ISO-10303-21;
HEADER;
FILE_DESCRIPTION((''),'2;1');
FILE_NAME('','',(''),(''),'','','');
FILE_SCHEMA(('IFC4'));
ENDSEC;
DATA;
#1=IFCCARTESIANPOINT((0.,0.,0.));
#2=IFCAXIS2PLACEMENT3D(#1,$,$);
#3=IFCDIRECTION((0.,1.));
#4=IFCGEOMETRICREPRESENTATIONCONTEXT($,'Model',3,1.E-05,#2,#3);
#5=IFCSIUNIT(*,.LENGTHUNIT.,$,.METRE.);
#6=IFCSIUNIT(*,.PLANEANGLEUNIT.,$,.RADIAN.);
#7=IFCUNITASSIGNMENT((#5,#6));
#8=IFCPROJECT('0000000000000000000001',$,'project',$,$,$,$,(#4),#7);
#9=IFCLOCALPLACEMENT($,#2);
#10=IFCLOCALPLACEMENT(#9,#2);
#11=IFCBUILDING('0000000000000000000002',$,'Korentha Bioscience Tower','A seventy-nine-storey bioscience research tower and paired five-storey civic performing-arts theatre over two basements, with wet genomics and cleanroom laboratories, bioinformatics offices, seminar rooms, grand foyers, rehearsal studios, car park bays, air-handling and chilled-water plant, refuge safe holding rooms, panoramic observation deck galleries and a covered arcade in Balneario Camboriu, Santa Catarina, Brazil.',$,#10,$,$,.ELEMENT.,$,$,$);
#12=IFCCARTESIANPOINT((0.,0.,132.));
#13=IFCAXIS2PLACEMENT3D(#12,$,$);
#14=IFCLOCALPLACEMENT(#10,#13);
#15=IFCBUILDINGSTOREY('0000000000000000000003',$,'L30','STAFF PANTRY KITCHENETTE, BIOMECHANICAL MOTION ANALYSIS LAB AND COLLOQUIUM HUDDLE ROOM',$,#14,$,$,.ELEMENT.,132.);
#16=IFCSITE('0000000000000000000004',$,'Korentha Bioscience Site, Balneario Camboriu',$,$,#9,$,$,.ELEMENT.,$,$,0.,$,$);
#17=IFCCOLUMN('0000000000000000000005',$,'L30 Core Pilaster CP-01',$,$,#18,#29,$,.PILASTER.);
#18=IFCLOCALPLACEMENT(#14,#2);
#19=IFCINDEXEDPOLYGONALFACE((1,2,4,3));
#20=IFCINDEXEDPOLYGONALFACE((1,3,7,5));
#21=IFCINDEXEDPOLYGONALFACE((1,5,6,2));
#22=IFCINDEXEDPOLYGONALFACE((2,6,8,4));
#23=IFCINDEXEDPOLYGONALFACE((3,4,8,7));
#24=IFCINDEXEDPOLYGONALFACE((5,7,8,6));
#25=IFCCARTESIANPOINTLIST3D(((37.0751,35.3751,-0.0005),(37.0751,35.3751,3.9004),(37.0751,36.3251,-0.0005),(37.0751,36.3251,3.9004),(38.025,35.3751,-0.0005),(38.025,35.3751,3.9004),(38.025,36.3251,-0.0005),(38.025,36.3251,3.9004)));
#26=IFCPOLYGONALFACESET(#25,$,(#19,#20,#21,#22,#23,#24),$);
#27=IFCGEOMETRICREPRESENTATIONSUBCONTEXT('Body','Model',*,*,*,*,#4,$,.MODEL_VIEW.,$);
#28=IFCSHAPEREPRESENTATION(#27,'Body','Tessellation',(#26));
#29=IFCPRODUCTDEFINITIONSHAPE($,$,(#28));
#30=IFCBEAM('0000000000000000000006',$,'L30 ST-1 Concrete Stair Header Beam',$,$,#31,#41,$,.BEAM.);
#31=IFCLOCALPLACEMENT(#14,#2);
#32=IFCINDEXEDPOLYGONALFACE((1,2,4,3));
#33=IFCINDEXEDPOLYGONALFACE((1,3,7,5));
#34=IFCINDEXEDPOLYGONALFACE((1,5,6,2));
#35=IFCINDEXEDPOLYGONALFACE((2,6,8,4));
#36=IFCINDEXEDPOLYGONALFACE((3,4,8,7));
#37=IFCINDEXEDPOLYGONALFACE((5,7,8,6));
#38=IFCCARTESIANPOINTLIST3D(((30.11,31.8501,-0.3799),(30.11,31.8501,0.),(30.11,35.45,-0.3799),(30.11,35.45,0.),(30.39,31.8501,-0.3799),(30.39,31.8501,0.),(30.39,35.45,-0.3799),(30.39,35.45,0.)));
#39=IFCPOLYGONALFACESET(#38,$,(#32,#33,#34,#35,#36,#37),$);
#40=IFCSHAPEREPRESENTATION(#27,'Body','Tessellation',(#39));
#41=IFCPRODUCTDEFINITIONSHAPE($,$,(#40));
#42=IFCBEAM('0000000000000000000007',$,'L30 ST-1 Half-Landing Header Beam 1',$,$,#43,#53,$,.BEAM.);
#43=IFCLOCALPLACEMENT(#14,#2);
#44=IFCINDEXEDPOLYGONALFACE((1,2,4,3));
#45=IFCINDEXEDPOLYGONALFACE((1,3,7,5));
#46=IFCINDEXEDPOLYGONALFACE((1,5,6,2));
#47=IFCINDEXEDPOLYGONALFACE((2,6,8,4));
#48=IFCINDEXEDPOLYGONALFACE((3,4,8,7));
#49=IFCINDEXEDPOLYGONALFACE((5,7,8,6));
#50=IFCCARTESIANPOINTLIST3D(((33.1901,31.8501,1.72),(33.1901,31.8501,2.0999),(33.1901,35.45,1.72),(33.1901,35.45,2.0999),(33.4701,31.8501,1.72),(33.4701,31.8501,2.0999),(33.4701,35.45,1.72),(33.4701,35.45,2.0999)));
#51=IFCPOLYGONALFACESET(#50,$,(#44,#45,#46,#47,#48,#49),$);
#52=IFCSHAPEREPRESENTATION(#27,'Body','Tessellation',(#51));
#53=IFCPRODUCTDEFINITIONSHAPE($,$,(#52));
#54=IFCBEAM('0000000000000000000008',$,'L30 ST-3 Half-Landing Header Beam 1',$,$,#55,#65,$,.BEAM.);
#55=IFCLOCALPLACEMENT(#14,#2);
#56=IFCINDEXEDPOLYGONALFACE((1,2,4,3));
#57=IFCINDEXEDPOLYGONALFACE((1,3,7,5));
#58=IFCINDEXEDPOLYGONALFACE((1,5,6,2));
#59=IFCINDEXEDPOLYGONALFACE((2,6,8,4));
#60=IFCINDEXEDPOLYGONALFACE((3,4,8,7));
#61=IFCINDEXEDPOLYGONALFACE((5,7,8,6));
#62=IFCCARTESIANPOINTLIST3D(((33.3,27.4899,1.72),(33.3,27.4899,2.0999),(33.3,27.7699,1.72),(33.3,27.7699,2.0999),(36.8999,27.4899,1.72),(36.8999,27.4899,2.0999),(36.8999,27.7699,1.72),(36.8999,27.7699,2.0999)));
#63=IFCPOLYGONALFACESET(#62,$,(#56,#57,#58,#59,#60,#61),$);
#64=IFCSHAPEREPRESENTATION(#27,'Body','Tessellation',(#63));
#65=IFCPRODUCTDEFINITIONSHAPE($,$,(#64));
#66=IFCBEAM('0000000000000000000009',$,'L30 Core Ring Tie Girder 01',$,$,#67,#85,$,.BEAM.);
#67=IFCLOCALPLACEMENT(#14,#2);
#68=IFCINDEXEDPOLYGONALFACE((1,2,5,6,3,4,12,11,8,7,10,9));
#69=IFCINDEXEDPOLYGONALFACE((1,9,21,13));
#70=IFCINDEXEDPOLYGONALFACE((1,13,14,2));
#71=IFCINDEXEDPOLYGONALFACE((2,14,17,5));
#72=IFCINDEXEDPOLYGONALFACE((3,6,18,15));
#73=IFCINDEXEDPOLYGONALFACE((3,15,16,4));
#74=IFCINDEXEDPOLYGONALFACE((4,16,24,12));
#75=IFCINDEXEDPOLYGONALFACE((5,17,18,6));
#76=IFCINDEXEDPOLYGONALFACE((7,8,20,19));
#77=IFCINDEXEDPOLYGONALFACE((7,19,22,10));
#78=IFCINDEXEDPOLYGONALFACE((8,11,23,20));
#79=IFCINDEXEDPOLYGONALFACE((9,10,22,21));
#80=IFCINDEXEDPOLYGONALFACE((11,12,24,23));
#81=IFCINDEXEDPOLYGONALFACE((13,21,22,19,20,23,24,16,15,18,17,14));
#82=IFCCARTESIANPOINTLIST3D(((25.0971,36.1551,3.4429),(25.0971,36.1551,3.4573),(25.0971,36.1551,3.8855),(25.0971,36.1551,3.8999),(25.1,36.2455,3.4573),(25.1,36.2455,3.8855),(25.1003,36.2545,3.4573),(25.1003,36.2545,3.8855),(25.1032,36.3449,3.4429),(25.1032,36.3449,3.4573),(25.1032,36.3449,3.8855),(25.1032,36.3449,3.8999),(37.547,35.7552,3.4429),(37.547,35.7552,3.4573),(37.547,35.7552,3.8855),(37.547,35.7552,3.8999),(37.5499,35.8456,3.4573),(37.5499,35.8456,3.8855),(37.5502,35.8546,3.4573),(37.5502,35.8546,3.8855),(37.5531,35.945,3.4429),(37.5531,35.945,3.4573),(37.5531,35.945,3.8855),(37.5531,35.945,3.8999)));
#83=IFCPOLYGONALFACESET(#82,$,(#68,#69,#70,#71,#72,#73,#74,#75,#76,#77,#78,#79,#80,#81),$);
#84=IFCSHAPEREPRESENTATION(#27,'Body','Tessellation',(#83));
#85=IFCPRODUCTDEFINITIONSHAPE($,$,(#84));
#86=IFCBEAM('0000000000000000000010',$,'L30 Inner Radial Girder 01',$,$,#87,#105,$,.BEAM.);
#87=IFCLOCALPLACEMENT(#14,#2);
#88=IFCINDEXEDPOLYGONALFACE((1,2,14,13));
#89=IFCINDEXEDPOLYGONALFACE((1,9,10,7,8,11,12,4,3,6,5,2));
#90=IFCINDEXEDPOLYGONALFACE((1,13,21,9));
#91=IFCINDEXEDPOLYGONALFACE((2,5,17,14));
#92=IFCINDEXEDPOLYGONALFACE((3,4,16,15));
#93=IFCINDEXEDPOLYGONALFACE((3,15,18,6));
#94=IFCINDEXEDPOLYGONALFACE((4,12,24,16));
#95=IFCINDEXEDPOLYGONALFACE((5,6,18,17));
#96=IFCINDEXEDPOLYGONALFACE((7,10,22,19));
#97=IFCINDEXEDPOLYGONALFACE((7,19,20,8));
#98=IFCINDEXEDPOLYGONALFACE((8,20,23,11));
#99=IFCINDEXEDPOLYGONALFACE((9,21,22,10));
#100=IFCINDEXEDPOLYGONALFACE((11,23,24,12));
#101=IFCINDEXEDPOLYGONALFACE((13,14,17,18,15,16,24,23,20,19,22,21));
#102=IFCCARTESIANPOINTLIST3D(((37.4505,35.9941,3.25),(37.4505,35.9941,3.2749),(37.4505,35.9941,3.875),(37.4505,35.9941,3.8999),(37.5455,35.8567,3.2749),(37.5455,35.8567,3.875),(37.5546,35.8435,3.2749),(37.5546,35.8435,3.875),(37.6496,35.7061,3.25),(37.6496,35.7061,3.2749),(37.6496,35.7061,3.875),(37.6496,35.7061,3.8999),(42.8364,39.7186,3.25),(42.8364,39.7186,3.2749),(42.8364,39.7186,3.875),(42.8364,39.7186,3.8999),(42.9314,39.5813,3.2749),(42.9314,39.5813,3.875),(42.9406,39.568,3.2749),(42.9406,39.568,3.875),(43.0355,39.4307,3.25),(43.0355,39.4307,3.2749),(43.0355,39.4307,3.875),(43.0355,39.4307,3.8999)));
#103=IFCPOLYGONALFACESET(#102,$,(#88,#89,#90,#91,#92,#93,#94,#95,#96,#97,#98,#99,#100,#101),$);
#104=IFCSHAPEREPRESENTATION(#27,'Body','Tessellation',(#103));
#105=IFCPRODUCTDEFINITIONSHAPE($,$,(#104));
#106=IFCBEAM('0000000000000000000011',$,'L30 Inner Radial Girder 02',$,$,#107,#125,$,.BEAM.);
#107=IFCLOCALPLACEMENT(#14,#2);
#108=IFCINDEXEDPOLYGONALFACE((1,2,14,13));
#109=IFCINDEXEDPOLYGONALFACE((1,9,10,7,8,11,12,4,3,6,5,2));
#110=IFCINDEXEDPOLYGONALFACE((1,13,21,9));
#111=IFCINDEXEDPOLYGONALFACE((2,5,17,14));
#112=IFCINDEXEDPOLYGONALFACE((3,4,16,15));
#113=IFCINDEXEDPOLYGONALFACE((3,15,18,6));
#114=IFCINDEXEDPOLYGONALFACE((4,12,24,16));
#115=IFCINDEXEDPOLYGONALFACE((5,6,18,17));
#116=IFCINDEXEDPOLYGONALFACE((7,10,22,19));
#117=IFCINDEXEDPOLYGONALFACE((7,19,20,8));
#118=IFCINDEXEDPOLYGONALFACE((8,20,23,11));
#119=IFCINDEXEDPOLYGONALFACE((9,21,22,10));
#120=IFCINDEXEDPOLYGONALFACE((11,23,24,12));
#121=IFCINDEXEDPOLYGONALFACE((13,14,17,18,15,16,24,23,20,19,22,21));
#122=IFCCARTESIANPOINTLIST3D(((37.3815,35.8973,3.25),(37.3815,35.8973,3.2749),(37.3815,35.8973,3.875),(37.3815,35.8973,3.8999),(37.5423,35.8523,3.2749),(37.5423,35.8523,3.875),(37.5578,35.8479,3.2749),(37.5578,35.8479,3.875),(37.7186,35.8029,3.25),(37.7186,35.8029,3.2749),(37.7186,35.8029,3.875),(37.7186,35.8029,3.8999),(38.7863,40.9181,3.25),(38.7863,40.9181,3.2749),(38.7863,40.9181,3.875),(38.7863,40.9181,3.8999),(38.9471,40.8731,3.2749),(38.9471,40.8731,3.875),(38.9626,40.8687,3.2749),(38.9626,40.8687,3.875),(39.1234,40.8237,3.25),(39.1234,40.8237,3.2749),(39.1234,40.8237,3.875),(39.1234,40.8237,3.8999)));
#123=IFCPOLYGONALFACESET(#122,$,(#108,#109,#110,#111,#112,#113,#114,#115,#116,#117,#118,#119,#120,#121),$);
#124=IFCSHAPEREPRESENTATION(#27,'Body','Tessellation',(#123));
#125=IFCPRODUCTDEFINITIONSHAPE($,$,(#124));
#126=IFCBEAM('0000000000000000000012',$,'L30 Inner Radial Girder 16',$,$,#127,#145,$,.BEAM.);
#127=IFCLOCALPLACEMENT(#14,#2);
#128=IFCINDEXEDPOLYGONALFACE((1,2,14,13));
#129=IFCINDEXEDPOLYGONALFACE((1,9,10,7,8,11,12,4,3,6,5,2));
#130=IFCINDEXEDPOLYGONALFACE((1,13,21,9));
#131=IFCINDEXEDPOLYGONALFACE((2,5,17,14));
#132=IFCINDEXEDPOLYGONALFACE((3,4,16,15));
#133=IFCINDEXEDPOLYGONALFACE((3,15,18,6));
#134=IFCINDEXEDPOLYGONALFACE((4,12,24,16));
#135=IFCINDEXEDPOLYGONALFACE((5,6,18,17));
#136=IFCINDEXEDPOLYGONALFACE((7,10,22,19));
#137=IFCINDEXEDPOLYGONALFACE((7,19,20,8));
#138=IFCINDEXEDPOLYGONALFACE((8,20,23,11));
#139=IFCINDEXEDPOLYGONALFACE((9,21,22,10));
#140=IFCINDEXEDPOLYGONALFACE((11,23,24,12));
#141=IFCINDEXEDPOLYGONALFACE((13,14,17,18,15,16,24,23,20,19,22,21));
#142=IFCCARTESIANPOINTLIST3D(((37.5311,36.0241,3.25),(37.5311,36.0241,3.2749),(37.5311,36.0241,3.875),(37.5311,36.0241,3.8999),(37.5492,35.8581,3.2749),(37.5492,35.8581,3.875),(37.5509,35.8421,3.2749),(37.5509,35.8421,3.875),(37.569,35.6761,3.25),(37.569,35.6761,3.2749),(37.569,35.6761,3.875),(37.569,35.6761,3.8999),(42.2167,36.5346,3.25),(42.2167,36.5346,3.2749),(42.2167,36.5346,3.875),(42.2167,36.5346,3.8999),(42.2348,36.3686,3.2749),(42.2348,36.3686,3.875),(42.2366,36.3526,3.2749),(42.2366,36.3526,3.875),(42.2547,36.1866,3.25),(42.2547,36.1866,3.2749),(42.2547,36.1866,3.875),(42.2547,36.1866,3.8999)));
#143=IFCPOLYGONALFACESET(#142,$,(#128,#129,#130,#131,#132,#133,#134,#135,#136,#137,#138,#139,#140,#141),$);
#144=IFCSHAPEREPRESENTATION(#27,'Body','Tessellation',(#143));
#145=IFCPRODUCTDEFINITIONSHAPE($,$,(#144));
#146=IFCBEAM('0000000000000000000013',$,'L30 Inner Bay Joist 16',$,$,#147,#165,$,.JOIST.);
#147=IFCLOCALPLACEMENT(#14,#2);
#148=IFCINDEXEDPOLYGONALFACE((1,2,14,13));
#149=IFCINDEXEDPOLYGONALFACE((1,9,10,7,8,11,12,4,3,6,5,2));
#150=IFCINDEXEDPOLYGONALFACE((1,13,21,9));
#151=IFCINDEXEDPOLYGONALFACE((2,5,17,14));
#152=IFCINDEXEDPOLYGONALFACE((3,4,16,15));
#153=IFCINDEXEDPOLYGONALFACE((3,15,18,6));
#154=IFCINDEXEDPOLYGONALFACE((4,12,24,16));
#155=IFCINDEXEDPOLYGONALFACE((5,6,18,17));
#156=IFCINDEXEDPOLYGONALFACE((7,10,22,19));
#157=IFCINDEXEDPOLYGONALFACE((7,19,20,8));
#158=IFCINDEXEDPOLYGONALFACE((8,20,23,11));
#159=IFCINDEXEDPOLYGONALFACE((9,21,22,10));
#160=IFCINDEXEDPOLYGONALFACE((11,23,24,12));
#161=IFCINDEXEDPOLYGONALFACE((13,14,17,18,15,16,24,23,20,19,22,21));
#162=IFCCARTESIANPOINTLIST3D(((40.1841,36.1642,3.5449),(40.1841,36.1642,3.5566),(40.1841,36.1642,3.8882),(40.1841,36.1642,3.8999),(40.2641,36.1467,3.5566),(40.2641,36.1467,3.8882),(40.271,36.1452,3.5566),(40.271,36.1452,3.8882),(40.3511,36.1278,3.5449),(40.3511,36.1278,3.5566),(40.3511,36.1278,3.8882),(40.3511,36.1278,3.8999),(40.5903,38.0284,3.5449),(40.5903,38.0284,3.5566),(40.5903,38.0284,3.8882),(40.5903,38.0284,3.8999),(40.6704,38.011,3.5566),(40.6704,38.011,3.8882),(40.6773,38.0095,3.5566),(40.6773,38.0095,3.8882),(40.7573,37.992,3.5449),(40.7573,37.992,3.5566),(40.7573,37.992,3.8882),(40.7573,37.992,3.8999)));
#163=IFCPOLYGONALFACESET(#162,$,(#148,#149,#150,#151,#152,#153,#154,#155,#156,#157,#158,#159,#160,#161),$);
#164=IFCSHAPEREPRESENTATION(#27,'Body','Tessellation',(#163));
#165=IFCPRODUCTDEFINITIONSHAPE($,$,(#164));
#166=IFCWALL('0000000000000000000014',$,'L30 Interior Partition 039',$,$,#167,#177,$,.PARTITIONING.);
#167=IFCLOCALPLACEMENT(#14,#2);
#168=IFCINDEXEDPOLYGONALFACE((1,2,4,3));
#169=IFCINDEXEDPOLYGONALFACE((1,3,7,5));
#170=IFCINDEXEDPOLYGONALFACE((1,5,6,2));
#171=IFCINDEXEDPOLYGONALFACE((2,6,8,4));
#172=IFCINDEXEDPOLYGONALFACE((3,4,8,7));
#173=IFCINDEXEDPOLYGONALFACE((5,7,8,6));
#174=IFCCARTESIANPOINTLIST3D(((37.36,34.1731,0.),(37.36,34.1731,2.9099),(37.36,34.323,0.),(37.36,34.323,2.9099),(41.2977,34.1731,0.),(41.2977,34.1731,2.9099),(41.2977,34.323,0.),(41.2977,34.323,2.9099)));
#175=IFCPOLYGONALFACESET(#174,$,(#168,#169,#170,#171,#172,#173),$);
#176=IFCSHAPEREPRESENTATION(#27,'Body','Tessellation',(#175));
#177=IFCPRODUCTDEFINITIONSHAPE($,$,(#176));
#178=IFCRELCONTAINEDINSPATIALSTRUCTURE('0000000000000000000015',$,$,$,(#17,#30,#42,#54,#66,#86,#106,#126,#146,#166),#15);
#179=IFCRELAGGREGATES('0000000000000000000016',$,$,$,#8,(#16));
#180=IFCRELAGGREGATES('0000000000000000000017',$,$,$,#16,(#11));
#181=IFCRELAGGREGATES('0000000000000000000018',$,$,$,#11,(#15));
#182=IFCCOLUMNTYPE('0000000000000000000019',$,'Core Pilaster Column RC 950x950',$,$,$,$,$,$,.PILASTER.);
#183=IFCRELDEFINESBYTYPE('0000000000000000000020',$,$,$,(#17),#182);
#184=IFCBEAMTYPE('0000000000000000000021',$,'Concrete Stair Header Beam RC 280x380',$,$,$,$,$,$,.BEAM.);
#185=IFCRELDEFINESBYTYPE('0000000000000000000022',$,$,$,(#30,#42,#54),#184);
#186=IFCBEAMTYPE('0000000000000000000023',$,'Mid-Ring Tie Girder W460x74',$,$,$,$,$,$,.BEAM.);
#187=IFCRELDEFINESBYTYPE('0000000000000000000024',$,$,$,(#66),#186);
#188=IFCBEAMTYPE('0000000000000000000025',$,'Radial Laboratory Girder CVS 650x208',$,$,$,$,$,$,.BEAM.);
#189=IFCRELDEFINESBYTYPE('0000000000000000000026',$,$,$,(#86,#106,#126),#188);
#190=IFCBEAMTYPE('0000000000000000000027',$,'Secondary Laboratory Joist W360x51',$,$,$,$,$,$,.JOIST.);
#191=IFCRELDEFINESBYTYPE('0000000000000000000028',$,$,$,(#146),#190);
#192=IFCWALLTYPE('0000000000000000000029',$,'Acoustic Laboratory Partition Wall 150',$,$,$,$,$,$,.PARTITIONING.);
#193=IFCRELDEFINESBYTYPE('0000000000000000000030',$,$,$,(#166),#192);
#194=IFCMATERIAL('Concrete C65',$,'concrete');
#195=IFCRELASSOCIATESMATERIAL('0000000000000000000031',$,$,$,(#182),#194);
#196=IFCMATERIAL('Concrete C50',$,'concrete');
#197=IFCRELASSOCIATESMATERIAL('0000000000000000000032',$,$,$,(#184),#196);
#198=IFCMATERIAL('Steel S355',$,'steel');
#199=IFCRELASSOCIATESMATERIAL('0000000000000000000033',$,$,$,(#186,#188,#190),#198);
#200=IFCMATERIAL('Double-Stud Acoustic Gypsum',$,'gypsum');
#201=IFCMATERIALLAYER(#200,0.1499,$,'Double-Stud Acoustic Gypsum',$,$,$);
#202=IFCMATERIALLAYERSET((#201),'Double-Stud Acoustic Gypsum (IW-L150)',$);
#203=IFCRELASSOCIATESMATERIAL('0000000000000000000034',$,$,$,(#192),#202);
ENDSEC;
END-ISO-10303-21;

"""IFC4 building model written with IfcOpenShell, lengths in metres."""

from ifc_helpers import new_model, si_unit, direction, frame, frame_2d, origin, origin_2d, place, context, subcontext, project, spatial, rectangle, i_section, extrude, material, layer, layer_set, material_profile, profile_set, type_object, element, save


model = new_model("IFC4")

# Units and contexts
model_context = context("Model", 3, precision=1e-05, world=origin(), true_north=direction((0.0, 1.0)))
body_context = subcontext(model_context, "Body", "Model", "MODEL_VIEW")
ifc_project = project(units=[si_unit("LENGTHUNIT", "METRE"), si_unit("PLANEANGLEUNIT", "RADIAN")], contexts=[model_context])

# Site, building, storey
site_placement = place(None, origin())
site = spatial("IfcSite", under=ifc_project, at=site_placement, Name="Korentha Bioscience Site, Balneario Camboriu", CompositionType="ELEMENT", RefElevation=0.0)
building_placement = place(site_placement, origin())
building = spatial("IfcBuilding", under=site, at=building_placement, Name="Korentha Bioscience Tower", Description="A seventy-nine-storey bioscience research tower and paired five-storey civic performing-arts theatre over two basements, with wet genomics and cleanroom laboratories, bioinformatics offices, seminar rooms, grand foyers, rehearsal studios, car park bays, air-handling and chilled-water plant, refuge safe holding rooms, panoramic observation deck galleries and a covered arcade in Balneario Camboriu, Santa Catarina, Brazil.", CompositionType="ELEMENT")
storey_placement = place(building_placement, frame((0.0, 0.0, 132.0)))
storey = spatial("IfcBuildingStorey", under=building, at=storey_placement, Name="L30", Description="STAFF PANTRY KITCHENETTE, BIOMECHANICAL MOTION ANALYSIS LAB AND COLLOQUIUM HUDDLE ROOM", CompositionType="ELEMENT", Elevation=132.0)

# Column
ifc_material_1 = material(Name="Concrete C65", Category="concrete")
ifc_material_profile_1 = material_profile(ifc_material_1, rectangle(XDim=0.95, YDim=0.95, at=origin_2d()), Name="Concrete C65")
ifc_profile_set_1 = profile_set([ifc_material_profile_1], Name="Concrete C65 (COL-CP09)")
column_type = type_object("IfcColumnType", Name="Core Pilaster Column RC 950x950", PredefinedType="PILASTER", material=ifc_profile_set_1)
column_placement = place(storey_placement, frame((37.55, 35.8501, -0.0005), z_axis=(0.0, 0.0, 1.0), x_axis=(1.0, 0.0, 0.0)))
element("IfcColumn", 1, at=column_placement, inside=storey, type_object=column_type, Name="L30 Core Pilaster CP-01", PredefinedType="PILASTER", context=body_context, shape_type="SweptSolid", body=[
    extrude(rectangle(XDim=0.95, YDim=0.95, at=origin_2d()), origin(), (0.0, 0.0, 1.0), 3.9009),
])

# Beams
ifc_material_2 = material(Name="Concrete C50", Category="concrete")
ifc_material_profile_2 = material_profile(ifc_material_2, rectangle(XDim=0.28, YDim=0.3799, at=origin_2d()), Name="Concrete C50")
ifc_profile_set_2 = profile_set([ifc_material_profile_2], Name="Concrete C50 (ST-HB380)")
beam_type_1 = type_object("IfcBeamType", Name="Concrete Stair Header Beam RC 280x380", PredefinedType="BEAM", material=ifc_profile_set_2)
for number, where, z_axis, x_axis, name in (
    (2, (30.25, 31.8501, -0.1899), (0.0, 1.0, 0.0), (-1.0, 0.0, 0.0), "L30 ST-1 Concrete Stair Header Beam"),
    (3, (33.3301, 31.8501, 1.9099), (0.0, 1.0, 0.0), (-1.0, 0.0, 0.0), "L30 ST-1 Half-Landing Header Beam 1"),
    (4, (36.8999, 27.6299, 1.9099), (-1.0, 0.0, 0.0), (0.0, -1.0, 0.0), "L30 ST-3 Half-Landing Header Beam 1"),
):
    element("IfcBeam", number, at=place(storey_placement, frame(where, z_axis=z_axis, x_axis=x_axis)), inside=storey, type_object=beam_type_1, Name=name, PredefinedType="BEAM", context=body_context, shape_type="SweptSolid", body=[
        extrude(rectangle(XDim=0.28, YDim=0.3799, at=origin_2d()), origin(), (0.0, 0.0, 1.0), 3.5999),
    ])
ifc_material_3 = material(Name="Steel S355", Category="steel")
ifc_material_profile_3 = material_profile(ifc_material_3, i_section(OverallWidth=0.1899, OverallDepth=0.457, WebThickness=0.009, FlangeThickness=0.0144, at=origin_2d()), Name="Steel S355")
ifc_profile_set_3 = profile_set([ifc_material_profile_3], Name="Steel S355 (MB-460)")
beam_type_2 = type_object("IfcBeamType", Name="Mid-Ring Tie Girder W460x74", PredefinedType="BEAM", material=ifc_profile_set_3)
beam_1_placement = place(storey_placement, frame((37.55, 35.8501, 3.6714), z_axis=(-0.999485, 0.032104, 0.0), x_axis=(-0.032104, -0.999485, 0.0)))
element("IfcBeam", 5, at=beam_1_placement, inside=storey, type_object=beam_type_2, Name="L30 Core Ring Tie Girder 01", PredefinedType="BEAM", context=body_context, shape_type="SweptSolid", body=[
    extrude(i_section(OverallWidth=0.1899, OverallDepth=0.457, WebThickness=0.009, FlangeThickness=0.0144, at=origin_2d()), origin(), (0.0, 0.0, 1.0), 12.4563),
])
ifc_material_profile_4 = material_profile(ifc_material_3, i_section(OverallWidth=0.3501, OverallDepth=0.6499, WebThickness=0.0161, FlangeThickness=0.0249, at=origin_2d()), Name="Steel S355")
ifc_profile_set_4 = profile_set([ifc_material_profile_4], Name="Steel S355 (RB-650)")
beam_type_3 = type_object("IfcBeamType", Name="Radial Laboratory Girder CVS 650x208", PredefinedType="BEAM", material=ifc_profile_set_4)
beam_2_placement = place(storey_placement, frame((37.55, 35.8501, 3.575), z_axis=(0.822489, 0.568781, 0.0), x_axis=(-0.568781, 0.822489, 0.0)))
element("IfcBeam", 6, at=beam_2_placement, inside=storey, type_object=beam_type_3, Name="L30 Inner Radial Girder 01", PredefinedType="BEAM", context=body_context, shape_type="SweptSolid", body=[
    extrude(i_section(OverallWidth=0.3501, OverallDepth=0.6499, WebThickness=0.0161, FlangeThickness=0.0249, at=origin_2d()), origin(), (0.0, 0.0, 1.0), 6.5483),
])
beam_3_placement = place(storey_placement, frame((37.55, 35.8501, 3.575), z_axis=(0.269448, 0.963015, 0.0), x_axis=(-0.963015, 0.269448, 0.0)))
element("IfcBeam", 7, at=beam_3_placement, inside=storey, type_object=beam_type_3, Name="L30 Inner Radial Girder 02", PredefinedType="BEAM", context=body_context, shape_type="SweptSolid", body=[
    extrude(i_section(OverallWidth=0.3501, OverallDepth=0.6499, WebThickness=0.0161, FlangeThickness=0.0249, at=origin_2d()), origin(), (0.0, 0.0, 1.0), 5.2136),
])
beam_4_placement = place(storey_placement, frame((37.55, 35.8501, 3.575), z_axis=(0.994117, 0.108311, 0.0), x_axis=(-0.108311, 0.994117, 0.0)))
element("IfcBeam", 8, at=beam_4_placement, inside=storey, type_object=beam_type_3, Name="L30 Inner Radial Girder 16", PredefinedType="BEAM", context=body_context, shape_type="SweptSolid", body=[
    extrude(i_section(OverallWidth=0.3501, OverallDepth=0.6499, WebThickness=0.0161, FlangeThickness=0.0249, at=origin_2d()), origin(), (0.0, 0.0, 1.0), 4.7134),
])
ifc_material_profile_5 = material_profile(ifc_material_3, i_section(OverallWidth=0.1709, OverallDepth=0.355, WebThickness=0.0071, FlangeThickness=0.0117, at=origin_2d()), Name="Steel S355")
ifc_profile_set_5 = profile_set([ifc_material_profile_5], Name="Steel S355 (JB-360)")
beam_type_4 = type_object("IfcBeamType", Name="Secondary Laboratory Joist W360x51", PredefinedType="JOIST", material=ifc_profile_set_5)
beam_5_placement = place(storey_placement, frame((40.2676, 36.146, 3.7224), z_axis=(0.212918, 0.97707, 0.0), x_axis=(-0.97707, 0.212918, 0.0)))
element("IfcBeam", 9, at=beam_5_placement, inside=storey, type_object=beam_type_4, Name="L30 Inner Bay Joist 16", PredefinedType="JOIST", context=body_context, shape_type="SweptSolid", body=[
    extrude(i_section(OverallWidth=0.1709, OverallDepth=0.355, WebThickness=0.0071, FlangeThickness=0.0117, at=origin_2d()), origin(), (0.0, 0.0, 1.0), 1.908),
])

# Wall
ifc_material_4 = material(Name="Double-Stud Acoustic Gypsum", Category="gypsum")
ifc_layer_1 = layer(ifc_material_4, 0.1499, Name="Double-Stud Acoustic Gypsum")
ifc_layer_set_1 = layer_set([ifc_layer_1], Name="Double-Stud Acoustic Gypsum (IW-L150)")
wall_type_1 = type_object("IfcWallType", Name="Acoustic Laboratory Partition Wall 150", PredefinedType="PARTITIONING", material=ifc_layer_set_1)
wall_1_placement = place(storey_placement, frame((37.3601, 34.248, 0.0), z_axis=(0.0, 0.0, 1.0), x_axis=(1.0, 0.0, 0.0)))
element("IfcWall", 10, at=wall_1_placement, inside=storey, type_object=wall_type_1, Name="L30 Interior Partition 039", PredefinedType="PARTITIONING", context=body_context, shape_type="SweptSolid", body=[
    extrude(rectangle(XDim=3.9377, YDim=0.1499, at=frame_2d((1.9688, 0.0))), origin(), (0.0, 0.0, 1.0), 2.9099),
])

save(model, "model.ifc")
